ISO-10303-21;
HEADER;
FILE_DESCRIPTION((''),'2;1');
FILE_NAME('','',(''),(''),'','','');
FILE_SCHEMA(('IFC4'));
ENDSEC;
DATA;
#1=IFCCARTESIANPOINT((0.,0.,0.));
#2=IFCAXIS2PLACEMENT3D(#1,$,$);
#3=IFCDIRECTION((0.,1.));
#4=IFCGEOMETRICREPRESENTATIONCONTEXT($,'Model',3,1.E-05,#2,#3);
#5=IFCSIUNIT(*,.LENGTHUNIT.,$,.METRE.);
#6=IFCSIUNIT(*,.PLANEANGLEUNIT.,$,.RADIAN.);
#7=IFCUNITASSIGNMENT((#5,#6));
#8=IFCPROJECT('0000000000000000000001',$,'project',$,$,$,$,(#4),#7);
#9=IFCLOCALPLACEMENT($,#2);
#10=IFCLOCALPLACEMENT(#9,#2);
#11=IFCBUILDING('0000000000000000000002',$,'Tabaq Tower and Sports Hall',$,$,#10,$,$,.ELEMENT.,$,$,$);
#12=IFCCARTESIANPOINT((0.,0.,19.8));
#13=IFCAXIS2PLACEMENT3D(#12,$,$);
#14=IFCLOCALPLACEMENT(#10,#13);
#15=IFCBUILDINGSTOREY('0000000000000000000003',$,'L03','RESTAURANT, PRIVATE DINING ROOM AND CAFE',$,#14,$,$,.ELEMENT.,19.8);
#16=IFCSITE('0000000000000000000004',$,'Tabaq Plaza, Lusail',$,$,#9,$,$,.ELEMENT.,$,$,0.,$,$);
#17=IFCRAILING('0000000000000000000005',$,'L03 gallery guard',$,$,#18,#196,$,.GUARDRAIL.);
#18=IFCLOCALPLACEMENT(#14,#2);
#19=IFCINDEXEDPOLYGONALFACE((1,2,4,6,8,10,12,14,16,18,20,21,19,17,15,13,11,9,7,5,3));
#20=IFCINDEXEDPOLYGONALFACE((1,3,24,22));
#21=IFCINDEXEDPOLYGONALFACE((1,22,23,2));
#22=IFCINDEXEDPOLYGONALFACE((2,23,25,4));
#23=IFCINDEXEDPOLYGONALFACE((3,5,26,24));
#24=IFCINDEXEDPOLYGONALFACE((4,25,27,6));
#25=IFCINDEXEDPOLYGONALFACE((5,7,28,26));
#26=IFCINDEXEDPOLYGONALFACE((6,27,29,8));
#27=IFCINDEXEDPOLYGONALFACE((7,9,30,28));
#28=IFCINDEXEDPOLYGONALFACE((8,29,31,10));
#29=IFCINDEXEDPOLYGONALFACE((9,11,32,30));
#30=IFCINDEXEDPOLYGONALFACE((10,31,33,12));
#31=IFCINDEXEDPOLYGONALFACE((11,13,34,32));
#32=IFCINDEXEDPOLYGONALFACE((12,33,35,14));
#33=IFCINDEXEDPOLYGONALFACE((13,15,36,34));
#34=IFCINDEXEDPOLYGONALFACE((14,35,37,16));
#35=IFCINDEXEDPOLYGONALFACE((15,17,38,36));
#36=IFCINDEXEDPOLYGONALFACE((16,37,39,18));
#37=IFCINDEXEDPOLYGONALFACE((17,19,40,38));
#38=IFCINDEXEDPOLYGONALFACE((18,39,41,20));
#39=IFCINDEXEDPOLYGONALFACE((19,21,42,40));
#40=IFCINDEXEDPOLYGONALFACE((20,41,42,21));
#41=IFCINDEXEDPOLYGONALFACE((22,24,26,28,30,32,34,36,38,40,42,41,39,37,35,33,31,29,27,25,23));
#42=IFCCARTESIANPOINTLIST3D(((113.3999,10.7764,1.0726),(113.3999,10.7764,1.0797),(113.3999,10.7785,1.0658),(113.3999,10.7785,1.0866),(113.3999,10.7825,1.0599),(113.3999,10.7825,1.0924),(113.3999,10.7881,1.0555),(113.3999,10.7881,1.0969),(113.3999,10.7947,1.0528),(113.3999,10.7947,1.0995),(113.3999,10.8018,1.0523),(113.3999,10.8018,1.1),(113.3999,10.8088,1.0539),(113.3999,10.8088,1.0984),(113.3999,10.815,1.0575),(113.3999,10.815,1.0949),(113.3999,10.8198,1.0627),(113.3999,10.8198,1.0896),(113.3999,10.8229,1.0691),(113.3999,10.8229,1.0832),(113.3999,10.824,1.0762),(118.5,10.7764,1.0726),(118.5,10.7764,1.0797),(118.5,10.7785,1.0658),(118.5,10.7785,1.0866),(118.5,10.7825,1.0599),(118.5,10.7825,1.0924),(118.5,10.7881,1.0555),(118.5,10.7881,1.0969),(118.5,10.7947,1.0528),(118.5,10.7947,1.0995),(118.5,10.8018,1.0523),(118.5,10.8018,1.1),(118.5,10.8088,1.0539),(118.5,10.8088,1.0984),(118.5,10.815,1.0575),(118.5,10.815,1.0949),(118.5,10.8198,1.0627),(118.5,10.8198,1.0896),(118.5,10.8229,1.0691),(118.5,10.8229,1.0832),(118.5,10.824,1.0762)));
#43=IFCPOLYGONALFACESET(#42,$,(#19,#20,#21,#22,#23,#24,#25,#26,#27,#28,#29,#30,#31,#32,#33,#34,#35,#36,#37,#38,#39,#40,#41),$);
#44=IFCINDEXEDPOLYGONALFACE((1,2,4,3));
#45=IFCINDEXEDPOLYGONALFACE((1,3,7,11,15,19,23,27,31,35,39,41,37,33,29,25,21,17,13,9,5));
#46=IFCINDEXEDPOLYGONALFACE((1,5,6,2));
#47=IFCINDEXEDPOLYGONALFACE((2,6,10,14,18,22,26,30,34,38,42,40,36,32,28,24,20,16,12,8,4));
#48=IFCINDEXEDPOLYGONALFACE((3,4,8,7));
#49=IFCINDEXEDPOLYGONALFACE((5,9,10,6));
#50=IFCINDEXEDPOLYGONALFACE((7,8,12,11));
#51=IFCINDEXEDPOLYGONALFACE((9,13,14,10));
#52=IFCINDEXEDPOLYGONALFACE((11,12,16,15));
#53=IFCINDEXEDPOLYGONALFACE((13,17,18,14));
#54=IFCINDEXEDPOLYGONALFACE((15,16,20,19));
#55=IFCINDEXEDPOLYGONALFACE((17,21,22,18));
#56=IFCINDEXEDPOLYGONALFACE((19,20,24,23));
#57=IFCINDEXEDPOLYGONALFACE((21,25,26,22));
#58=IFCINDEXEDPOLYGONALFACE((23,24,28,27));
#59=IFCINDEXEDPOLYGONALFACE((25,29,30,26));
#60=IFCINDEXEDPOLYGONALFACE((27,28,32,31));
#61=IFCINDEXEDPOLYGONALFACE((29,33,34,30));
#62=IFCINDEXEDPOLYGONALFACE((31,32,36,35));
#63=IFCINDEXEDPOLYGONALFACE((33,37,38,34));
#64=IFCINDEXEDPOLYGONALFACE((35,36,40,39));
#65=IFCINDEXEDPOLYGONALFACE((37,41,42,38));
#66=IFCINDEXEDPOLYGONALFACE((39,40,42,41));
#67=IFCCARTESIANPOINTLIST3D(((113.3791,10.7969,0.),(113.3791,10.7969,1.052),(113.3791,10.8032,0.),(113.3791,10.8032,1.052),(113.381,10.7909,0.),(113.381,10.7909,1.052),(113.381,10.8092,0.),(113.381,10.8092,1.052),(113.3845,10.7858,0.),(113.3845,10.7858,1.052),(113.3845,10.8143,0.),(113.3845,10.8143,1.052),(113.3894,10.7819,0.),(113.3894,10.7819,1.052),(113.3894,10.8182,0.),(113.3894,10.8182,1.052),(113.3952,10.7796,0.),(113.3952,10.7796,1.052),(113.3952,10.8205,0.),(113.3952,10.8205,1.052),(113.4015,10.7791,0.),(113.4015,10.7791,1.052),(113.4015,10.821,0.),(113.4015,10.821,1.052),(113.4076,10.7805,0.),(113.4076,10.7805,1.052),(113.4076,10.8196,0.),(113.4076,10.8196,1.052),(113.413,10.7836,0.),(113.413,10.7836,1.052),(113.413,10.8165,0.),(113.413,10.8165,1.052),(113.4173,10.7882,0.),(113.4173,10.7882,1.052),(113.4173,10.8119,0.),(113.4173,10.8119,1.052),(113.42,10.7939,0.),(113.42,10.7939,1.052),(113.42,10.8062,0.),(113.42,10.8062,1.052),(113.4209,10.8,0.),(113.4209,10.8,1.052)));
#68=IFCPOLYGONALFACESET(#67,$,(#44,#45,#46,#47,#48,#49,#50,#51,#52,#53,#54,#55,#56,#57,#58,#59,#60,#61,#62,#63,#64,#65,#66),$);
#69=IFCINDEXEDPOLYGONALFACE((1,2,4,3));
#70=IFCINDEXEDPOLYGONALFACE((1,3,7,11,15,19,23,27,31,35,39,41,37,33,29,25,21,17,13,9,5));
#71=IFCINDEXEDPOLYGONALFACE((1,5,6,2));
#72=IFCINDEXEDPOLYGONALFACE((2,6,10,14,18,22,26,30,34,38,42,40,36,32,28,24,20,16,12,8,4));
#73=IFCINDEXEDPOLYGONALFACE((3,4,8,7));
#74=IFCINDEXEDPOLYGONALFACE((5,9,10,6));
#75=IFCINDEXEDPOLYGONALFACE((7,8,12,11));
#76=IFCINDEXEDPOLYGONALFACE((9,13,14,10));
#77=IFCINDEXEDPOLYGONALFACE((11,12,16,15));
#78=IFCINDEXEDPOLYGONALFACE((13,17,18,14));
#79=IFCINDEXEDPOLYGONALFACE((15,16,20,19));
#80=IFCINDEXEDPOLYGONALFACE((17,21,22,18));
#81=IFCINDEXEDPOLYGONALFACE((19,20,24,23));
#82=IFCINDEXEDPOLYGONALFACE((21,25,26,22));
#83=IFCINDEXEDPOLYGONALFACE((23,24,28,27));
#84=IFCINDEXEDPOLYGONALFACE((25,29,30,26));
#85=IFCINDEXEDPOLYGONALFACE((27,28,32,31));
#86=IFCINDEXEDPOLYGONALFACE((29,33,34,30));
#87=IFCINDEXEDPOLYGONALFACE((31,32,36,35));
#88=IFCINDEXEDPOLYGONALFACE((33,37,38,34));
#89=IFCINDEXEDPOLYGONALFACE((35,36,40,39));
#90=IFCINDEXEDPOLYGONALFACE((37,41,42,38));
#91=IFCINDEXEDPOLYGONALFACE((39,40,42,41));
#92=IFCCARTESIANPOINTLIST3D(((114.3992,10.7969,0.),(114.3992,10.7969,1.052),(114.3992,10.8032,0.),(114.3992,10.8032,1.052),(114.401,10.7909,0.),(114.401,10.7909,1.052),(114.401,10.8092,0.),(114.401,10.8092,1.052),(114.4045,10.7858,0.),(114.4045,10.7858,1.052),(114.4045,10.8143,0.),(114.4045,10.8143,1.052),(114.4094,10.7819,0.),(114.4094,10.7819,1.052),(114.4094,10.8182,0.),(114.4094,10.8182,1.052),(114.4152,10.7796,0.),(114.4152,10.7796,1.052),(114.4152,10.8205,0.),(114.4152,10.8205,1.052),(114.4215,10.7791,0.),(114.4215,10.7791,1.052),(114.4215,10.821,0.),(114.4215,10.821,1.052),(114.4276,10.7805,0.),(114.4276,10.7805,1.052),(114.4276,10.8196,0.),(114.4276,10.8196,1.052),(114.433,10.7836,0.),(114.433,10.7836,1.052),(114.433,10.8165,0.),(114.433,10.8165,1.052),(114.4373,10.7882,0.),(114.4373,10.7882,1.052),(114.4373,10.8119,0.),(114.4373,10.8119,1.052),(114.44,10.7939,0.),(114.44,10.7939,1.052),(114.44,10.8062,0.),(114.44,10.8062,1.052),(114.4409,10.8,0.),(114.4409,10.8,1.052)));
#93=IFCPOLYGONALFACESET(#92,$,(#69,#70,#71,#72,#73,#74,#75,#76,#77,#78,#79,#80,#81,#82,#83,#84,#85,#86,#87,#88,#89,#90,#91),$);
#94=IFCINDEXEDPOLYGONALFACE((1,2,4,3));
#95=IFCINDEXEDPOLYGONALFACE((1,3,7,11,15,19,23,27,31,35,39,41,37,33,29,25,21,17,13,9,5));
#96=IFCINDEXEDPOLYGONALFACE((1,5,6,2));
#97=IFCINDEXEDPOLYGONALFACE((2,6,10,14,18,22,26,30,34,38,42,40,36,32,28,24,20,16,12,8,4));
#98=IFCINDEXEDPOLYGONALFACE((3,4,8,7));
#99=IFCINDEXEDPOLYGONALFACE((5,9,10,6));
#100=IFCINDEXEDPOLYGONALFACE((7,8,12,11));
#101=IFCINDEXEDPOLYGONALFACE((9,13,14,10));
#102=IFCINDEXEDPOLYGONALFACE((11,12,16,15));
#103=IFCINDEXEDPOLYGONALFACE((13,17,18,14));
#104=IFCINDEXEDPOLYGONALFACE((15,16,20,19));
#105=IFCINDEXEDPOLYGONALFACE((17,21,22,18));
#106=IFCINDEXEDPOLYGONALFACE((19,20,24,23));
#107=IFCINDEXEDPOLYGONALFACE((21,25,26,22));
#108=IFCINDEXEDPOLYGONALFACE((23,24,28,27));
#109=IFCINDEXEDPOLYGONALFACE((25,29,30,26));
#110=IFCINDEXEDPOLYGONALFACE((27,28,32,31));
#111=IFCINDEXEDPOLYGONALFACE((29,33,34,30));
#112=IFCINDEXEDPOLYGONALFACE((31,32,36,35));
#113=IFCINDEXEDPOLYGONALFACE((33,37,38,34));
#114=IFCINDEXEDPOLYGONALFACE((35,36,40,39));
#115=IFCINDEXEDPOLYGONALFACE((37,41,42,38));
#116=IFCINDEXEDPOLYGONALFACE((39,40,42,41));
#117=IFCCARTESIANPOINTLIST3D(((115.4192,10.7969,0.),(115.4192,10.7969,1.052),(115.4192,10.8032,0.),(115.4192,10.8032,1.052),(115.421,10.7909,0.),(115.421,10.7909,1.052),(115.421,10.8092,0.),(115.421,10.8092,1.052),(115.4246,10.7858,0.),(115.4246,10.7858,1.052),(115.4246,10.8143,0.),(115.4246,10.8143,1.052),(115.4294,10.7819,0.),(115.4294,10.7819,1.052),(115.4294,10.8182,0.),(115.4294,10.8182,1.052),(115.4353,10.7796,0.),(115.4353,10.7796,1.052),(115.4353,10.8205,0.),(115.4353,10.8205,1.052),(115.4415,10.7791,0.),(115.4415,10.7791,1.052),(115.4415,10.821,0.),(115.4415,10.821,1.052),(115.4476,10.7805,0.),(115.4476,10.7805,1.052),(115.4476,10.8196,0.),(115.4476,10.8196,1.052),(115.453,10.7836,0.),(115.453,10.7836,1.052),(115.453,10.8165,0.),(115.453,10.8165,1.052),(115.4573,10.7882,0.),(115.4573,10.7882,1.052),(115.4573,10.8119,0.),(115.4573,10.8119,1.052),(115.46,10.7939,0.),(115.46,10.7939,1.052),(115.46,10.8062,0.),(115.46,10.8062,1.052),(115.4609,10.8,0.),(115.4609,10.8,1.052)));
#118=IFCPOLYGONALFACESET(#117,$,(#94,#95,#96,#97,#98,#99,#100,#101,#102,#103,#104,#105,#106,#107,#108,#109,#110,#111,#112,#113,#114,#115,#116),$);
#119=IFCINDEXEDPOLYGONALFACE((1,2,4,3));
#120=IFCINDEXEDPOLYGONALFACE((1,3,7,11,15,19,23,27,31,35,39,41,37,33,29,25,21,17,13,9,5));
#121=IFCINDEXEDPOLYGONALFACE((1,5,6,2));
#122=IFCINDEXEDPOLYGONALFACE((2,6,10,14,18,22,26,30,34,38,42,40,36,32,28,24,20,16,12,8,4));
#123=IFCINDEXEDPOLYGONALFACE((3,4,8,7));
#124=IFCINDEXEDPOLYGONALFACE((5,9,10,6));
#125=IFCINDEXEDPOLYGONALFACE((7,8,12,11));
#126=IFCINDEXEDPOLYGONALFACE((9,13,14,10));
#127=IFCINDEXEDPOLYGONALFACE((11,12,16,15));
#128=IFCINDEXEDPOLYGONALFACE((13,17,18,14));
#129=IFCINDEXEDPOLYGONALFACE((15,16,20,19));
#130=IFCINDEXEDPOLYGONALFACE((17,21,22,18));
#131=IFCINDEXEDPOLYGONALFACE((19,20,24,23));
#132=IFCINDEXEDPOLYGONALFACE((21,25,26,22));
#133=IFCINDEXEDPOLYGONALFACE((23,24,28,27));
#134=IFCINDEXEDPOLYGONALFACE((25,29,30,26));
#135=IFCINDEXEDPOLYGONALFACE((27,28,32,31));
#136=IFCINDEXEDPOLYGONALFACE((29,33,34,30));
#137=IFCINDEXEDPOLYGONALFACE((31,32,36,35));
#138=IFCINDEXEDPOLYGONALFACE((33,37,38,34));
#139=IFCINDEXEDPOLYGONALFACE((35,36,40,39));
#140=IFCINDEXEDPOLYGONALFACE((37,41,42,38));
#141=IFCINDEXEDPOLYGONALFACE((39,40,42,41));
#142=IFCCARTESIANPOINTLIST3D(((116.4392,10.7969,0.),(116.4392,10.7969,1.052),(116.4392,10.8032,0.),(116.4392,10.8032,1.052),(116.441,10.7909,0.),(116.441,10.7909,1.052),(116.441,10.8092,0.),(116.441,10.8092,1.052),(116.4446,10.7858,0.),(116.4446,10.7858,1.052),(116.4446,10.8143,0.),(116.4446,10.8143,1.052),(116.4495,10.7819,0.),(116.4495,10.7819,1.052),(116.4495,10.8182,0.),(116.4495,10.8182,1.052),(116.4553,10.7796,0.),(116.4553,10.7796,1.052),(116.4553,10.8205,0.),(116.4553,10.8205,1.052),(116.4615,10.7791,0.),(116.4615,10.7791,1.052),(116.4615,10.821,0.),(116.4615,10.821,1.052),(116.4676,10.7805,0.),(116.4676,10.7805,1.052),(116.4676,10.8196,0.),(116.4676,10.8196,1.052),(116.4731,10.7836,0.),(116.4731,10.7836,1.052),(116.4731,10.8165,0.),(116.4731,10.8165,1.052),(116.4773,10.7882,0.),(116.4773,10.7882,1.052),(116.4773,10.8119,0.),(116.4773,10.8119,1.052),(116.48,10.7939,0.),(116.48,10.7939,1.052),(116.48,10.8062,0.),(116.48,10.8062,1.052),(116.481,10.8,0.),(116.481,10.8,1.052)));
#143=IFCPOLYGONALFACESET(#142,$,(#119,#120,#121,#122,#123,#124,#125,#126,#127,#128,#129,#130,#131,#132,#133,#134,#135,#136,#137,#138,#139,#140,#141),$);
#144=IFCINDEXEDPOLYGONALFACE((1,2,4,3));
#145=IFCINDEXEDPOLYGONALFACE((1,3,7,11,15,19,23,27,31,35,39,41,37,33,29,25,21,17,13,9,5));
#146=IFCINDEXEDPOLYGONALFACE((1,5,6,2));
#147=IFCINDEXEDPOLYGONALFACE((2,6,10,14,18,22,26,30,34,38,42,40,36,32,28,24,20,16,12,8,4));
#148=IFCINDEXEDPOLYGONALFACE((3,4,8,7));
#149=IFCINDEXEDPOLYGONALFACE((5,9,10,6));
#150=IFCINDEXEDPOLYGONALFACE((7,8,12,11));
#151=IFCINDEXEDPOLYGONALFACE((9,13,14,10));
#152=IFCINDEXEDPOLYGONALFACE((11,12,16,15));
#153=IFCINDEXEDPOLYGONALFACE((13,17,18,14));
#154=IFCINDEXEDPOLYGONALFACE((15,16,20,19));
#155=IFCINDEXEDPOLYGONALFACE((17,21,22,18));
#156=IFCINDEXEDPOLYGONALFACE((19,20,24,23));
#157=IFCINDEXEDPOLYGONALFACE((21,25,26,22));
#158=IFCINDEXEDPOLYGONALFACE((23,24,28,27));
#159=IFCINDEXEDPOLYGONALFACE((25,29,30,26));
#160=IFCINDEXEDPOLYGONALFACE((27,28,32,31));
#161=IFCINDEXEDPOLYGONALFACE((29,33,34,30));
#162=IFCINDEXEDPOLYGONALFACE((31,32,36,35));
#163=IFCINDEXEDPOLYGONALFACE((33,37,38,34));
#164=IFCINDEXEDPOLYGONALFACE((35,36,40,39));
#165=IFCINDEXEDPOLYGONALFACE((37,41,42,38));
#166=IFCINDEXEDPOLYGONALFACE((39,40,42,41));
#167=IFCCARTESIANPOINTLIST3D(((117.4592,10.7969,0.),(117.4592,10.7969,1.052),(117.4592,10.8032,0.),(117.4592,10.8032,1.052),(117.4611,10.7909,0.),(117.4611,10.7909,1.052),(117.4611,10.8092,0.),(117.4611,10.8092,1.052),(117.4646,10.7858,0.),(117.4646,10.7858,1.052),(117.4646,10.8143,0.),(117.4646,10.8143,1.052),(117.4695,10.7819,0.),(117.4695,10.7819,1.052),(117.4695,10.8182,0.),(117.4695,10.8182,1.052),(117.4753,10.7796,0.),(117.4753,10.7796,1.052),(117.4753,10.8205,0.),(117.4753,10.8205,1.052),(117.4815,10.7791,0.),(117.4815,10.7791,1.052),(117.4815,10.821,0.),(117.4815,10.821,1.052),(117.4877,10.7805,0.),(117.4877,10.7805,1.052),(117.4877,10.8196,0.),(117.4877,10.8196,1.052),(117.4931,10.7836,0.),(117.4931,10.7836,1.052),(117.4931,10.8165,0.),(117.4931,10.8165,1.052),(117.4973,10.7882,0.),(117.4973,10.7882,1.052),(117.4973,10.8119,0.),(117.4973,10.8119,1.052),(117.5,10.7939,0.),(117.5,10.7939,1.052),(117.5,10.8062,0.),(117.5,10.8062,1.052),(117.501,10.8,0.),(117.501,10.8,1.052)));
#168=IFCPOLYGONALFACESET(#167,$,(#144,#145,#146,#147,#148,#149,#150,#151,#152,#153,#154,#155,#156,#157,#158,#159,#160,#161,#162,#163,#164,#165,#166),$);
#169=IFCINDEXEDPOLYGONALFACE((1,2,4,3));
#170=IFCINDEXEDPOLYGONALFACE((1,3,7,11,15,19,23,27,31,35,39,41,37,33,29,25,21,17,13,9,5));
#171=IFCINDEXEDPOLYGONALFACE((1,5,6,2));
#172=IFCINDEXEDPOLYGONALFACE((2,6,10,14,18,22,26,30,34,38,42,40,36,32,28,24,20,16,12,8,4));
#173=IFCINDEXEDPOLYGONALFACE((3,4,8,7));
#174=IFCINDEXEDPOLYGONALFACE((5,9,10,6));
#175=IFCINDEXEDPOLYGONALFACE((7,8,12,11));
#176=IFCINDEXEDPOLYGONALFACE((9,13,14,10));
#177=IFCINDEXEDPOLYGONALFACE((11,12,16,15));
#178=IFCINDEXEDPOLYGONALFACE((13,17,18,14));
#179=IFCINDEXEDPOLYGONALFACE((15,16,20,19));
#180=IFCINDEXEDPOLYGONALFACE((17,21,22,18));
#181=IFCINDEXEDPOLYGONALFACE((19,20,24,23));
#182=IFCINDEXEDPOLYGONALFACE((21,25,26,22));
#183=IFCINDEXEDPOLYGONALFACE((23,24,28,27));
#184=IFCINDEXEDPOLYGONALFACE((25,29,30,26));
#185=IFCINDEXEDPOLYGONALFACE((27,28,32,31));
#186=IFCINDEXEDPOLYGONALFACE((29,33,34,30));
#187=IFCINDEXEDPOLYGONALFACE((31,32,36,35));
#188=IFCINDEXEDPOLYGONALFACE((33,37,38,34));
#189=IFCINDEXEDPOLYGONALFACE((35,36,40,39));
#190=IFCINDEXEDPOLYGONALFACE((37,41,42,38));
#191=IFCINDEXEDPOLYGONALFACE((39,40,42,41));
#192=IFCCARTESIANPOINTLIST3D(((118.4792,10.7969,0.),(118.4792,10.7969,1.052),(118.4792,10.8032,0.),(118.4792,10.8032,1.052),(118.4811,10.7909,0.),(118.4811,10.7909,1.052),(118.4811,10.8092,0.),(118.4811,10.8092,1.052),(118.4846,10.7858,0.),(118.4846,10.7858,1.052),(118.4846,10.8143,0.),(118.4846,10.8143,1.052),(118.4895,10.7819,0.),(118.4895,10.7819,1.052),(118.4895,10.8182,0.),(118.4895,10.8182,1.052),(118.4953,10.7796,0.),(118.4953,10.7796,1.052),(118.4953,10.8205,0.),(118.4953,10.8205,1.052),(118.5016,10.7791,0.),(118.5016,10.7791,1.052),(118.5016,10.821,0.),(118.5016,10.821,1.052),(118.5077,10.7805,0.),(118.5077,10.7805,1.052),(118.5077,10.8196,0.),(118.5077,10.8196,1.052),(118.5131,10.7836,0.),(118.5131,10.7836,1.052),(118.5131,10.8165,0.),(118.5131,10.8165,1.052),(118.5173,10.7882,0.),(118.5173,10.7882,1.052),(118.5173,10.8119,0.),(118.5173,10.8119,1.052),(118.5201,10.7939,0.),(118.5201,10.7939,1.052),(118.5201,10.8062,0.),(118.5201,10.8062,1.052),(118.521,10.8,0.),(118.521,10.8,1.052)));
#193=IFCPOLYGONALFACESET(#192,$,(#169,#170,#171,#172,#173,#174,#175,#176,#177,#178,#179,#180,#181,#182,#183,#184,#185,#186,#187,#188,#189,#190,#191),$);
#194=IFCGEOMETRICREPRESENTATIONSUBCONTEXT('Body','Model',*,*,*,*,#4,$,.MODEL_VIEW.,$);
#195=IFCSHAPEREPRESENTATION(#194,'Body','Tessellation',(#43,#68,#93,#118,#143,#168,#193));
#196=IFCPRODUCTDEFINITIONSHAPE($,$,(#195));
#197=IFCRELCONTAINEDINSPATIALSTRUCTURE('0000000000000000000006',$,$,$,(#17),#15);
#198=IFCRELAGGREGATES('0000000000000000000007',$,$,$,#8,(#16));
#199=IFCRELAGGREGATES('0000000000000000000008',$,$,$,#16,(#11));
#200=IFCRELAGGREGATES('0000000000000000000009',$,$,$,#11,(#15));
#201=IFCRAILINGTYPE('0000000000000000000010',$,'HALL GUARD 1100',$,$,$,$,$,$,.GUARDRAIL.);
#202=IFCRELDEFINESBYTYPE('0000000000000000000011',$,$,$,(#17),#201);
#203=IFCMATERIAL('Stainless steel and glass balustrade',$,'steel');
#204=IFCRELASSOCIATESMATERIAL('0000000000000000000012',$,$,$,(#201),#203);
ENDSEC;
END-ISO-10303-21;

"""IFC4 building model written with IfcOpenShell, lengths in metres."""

from ifc_helpers import new_model, si_unit, direction, frame, origin, origin_2d, place, context, subcontext, project, spatial, circle, extrude, material, type_object, element, save


model = new_model("IFC4")

# Units and contexts
model_context = context("Model", 3, precision=1e-05, world=origin(), true_north=direction((0.0, 1.0)))
body_context = subcontext(model_context, "Body", "Model", "MODEL_VIEW")
ifc_project = project(units=[si_unit("LENGTHUNIT", "METRE"), si_unit("PLANEANGLEUNIT", "RADIAN")], contexts=[model_context])

# Site, building, storey
site_placement = place(None, origin())
site = spatial("IfcSite", under=ifc_project, at=site_placement, Name="Tabaq Plaza, Lusail", CompositionType="ELEMENT", RefElevation=0.0)
building_placement = place(site_placement, origin())
building = spatial("IfcBuilding", under=site, at=building_placement, Name="Tabaq Tower and Sports Hall", CompositionType="ELEMENT")
storey_placement = place(building_placement, frame((0.0, 0.0, 19.8)))
storey = spatial("IfcBuildingStorey", under=building, at=storey_placement, Name="L03", Description="RESTAURANT, PRIVATE DINING ROOM AND CAFE", CompositionType="ELEMENT", Elevation=19.8)

# Railing
ifc_material_1 = material(Name="Stainless steel and glass balustrade", Category="steel")
railing_type = type_object("IfcRailingType", Name="HALL GUARD 1100", PredefinedType="GUARDRAIL", material=ifc_material_1)
railing_placement = place(storey_placement, frame((113.3999, 10.8, 0.0)))
element("IfcRailing", 1, at=railing_placement, inside=storey, type_object=railing_type, Name="L03 gallery guard", PredefinedType="GUARDRAIL", context=body_context, shape_type="SweptSolid", body=[
    extrude(circle(Radius=0.0239, at=origin_2d()), frame((0.0, 0.0, 1.0762), z_axis=(1.0, 0.0, 0.0), x_axis=(0.0, 1.0, 0.0)), (0.0, 0.0, 1.0), 5.1001),
    extrude(circle(Radius=0.021, at=origin_2d()), origin(), (0.0, 0.0, 1.0), 1.052),
    extrude(circle(Radius=0.021, at=origin_2d()), frame((1.02, 0.0, 0.0)), (0.0, 0.0, 1.0), 1.052),
    extrude(circle(Radius=0.021, at=origin_2d()), frame((2.04, 0.0, 0.0)), (0.0, 0.0, 1.0), 1.052),
    extrude(circle(Radius=0.021, at=origin_2d()), frame((3.0601, 0.0, 0.0)), (0.0, 0.0, 1.0), 1.052),
    extrude(circle(Radius=0.021, at=origin_2d()), frame((4.0801, 0.0, 0.0)), (0.0, 0.0, 1.0), 1.052),
    extrude(circle(Radius=0.021, at=origin_2d()), frame((5.1001, 0.0, 0.0)), (0.0, 0.0, 1.0), 1.052),
])

save(model, "model.ifc")
